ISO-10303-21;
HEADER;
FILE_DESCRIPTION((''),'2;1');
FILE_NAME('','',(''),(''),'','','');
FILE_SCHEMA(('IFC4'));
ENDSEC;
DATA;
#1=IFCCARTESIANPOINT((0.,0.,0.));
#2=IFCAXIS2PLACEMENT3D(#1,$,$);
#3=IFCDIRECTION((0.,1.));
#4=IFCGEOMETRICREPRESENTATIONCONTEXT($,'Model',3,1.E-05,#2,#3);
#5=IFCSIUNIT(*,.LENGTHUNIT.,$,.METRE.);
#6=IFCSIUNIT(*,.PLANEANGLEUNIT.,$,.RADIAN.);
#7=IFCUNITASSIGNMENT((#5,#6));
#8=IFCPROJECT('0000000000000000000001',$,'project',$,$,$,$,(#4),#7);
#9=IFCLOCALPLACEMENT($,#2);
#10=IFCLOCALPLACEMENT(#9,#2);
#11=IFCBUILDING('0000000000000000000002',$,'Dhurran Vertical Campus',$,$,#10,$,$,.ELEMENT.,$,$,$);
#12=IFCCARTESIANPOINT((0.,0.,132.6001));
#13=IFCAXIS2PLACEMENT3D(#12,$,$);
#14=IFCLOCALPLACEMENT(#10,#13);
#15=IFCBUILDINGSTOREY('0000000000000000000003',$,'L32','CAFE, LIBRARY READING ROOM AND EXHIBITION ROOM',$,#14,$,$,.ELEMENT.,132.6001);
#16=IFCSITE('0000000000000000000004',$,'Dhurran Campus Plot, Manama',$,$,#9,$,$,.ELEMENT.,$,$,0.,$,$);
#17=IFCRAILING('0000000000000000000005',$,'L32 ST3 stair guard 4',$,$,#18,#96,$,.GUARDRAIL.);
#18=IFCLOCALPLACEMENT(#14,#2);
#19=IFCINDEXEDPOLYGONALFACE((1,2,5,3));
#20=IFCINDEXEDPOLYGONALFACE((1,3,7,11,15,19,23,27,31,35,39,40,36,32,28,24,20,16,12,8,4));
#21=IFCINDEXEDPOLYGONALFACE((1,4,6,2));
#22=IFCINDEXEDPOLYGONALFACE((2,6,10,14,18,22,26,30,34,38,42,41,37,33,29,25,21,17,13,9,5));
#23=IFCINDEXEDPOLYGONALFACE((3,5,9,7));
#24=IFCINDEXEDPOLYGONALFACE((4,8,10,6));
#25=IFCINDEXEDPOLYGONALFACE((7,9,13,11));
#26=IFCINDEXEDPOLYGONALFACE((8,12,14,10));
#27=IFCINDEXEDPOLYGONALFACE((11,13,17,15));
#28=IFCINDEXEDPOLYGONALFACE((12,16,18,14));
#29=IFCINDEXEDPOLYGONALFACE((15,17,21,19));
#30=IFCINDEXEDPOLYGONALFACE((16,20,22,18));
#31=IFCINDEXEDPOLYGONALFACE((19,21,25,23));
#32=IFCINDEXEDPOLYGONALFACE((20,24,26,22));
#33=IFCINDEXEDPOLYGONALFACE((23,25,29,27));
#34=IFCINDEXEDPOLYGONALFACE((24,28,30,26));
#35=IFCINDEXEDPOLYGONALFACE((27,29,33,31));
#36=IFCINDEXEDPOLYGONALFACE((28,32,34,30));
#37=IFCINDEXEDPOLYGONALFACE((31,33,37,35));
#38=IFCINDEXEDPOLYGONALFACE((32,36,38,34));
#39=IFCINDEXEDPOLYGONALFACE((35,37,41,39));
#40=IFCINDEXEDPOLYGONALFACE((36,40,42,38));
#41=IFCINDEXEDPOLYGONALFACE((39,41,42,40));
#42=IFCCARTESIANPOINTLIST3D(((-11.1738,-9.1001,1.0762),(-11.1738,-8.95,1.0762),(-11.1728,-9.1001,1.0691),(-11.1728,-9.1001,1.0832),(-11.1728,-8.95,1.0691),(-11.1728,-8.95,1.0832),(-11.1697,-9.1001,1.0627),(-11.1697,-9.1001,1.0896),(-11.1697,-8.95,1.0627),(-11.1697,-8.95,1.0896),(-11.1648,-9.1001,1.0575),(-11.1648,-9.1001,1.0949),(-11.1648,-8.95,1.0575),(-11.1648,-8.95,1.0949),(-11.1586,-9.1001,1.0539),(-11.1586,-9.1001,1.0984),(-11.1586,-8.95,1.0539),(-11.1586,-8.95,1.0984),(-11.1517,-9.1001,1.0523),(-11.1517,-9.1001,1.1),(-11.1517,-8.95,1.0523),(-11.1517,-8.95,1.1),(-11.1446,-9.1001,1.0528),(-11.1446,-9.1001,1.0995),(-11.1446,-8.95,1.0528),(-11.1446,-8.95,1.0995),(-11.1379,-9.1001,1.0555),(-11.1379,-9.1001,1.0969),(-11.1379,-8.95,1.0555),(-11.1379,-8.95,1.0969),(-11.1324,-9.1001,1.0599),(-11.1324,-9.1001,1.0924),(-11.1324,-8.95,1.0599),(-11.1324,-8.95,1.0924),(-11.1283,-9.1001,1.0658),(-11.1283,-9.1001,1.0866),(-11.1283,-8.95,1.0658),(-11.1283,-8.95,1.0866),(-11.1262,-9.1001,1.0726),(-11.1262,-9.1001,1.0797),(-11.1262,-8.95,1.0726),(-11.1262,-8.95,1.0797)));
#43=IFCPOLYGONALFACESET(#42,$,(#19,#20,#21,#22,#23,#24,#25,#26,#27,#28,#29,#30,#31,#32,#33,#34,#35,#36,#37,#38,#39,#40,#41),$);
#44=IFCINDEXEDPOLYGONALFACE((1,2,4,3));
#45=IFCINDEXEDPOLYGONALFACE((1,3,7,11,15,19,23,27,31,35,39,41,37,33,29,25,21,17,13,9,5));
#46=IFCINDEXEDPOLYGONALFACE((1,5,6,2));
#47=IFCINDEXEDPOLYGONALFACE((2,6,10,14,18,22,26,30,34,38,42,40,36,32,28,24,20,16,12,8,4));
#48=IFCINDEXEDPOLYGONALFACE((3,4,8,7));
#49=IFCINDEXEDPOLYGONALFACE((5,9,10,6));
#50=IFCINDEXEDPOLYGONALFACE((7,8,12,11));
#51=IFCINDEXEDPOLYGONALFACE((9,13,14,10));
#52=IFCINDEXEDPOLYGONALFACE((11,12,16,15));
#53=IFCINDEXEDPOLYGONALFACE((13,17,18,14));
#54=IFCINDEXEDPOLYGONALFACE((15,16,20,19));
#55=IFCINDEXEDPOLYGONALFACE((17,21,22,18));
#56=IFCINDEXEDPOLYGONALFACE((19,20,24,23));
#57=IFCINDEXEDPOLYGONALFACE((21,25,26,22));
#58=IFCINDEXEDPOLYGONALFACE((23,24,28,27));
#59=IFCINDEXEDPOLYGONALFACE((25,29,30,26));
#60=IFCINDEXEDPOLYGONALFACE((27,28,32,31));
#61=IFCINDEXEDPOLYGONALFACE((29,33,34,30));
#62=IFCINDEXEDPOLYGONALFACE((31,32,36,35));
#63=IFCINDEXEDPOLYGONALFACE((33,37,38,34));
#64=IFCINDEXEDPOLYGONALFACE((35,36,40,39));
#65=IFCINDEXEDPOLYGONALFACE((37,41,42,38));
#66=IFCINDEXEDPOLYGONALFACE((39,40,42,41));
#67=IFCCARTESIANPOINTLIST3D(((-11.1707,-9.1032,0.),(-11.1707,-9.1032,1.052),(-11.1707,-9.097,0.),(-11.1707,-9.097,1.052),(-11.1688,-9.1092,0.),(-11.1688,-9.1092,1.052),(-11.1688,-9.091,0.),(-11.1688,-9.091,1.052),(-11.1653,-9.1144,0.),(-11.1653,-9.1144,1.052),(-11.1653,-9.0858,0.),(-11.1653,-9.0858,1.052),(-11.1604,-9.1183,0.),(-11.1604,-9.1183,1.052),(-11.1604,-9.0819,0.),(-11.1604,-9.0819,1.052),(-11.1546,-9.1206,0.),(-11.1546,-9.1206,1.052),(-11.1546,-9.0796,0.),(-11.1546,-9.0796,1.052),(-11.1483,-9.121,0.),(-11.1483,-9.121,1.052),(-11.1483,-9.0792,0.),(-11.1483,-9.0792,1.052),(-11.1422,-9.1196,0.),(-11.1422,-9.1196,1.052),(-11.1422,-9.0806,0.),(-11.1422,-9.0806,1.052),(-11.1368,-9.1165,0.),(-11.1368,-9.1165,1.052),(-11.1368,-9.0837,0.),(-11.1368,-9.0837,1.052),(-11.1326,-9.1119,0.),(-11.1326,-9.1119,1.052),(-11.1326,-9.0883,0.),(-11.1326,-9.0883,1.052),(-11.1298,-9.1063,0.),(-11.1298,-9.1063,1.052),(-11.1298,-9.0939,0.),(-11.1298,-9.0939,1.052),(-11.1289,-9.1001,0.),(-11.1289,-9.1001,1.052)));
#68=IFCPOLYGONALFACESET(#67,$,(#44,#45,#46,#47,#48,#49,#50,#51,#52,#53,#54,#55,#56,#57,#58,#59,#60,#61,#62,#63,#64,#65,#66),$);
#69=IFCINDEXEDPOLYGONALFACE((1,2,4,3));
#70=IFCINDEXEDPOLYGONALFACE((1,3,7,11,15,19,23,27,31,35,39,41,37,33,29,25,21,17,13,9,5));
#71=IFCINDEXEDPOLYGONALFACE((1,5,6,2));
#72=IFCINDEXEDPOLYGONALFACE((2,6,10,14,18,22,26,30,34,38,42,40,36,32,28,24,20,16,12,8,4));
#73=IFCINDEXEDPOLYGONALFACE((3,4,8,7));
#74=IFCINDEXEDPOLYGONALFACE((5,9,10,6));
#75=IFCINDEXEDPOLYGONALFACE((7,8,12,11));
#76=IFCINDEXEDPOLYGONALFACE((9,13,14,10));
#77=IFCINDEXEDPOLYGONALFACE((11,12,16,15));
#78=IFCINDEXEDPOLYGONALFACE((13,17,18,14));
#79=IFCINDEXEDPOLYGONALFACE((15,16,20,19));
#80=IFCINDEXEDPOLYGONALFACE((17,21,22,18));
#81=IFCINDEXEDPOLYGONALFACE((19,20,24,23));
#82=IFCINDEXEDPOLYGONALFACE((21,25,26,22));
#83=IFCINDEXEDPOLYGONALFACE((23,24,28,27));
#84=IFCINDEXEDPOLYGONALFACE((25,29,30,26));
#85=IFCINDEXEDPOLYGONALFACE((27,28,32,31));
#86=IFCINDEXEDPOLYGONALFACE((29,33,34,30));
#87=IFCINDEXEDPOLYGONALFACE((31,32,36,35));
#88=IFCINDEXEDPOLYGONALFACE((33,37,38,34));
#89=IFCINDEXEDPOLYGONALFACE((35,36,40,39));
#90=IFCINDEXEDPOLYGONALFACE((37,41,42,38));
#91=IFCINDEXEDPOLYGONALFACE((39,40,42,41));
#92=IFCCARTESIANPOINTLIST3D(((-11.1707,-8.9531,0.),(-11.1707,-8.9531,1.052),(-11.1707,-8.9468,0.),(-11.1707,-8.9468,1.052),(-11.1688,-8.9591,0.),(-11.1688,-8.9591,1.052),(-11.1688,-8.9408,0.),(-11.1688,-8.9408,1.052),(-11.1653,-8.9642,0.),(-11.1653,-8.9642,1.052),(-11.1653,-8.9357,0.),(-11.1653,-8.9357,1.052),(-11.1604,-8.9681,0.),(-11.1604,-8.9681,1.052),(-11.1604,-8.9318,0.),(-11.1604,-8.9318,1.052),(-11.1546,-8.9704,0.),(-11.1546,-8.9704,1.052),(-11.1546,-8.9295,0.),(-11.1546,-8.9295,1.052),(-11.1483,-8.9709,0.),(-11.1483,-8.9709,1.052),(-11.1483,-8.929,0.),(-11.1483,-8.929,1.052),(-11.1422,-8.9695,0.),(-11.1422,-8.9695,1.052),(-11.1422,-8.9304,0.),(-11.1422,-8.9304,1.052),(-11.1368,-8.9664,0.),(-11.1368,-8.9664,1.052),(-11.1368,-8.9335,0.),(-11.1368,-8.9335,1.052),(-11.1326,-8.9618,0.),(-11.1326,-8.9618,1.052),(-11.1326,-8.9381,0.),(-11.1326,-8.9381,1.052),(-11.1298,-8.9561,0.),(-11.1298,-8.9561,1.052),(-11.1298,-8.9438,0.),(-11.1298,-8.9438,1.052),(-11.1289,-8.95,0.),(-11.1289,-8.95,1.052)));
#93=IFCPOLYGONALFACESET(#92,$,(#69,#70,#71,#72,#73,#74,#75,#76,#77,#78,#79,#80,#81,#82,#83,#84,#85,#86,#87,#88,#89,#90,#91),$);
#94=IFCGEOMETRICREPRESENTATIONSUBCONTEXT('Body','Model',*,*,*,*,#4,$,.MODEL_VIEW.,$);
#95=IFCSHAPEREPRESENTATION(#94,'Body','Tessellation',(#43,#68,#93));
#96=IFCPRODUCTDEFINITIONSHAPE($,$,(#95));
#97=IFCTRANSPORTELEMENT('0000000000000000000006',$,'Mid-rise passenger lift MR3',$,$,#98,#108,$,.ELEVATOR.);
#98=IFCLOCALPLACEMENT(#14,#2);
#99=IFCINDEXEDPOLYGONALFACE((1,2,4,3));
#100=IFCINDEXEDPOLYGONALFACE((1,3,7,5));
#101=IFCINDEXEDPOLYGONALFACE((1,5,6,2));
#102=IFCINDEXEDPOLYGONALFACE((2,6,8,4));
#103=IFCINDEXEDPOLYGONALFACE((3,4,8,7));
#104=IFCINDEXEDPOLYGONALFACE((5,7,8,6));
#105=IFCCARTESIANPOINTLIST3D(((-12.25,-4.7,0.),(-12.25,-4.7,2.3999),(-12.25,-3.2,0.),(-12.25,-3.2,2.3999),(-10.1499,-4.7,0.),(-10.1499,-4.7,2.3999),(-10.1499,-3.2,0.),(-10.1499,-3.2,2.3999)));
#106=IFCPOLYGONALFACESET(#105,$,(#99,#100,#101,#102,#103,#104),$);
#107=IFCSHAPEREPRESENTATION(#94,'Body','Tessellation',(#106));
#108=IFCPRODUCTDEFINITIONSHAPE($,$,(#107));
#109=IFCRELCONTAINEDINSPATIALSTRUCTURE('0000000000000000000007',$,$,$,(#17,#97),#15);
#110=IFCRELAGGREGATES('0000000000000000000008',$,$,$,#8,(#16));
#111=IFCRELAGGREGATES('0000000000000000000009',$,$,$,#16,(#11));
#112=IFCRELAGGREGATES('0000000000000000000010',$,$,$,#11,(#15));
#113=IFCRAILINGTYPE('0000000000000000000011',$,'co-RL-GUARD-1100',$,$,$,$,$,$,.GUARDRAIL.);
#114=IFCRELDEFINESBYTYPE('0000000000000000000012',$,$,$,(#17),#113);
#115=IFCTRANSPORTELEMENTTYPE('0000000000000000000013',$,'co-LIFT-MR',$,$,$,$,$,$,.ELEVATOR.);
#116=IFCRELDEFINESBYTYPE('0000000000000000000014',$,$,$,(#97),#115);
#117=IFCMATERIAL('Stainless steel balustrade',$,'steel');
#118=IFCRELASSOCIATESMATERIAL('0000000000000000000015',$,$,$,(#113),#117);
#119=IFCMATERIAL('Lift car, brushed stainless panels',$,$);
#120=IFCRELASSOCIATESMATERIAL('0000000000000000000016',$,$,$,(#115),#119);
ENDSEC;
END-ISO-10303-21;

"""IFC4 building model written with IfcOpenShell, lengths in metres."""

from ifc_helpers import new_model, si_unit, direction, frame, origin, origin_2d, place, context, subcontext, project, spatial, rectangle, circle, extrude, material, type_object, element, save


model = new_model("IFC4")

# Units and contexts
model_context = context("Model", 3, precision=1e-05, world=origin(), true_north=direction((0.0, 1.0)))
body_context = subcontext(model_context, "Body", "Model", "MODEL_VIEW")
ifc_project = project(units=[si_unit("LENGTHUNIT", "METRE"), si_unit("PLANEANGLEUNIT", "RADIAN")], contexts=[model_context])

# Site, building, storey
site_placement = place(None, origin())
site = spatial("IfcSite", under=ifc_project, at=site_placement, Name="Dhurran Campus Plot, Manama", CompositionType="ELEMENT", RefElevation=0.0)
building_placement = place(site_placement, origin())
building = spatial("IfcBuilding", under=site, at=building_placement, Name="Dhurran Vertical Campus", CompositionType="ELEMENT")
storey_placement = place(building_placement, frame((0.0, 0.0, 132.6001)))
storey = spatial("IfcBuildingStorey", under=building, at=storey_placement, Name="L32", Description="CAFE, LIBRARY READING ROOM AND EXHIBITION ROOM", CompositionType="ELEMENT", Elevation=132.6001)

# Railing
ifc_material_1 = material(Name="Stainless steel balustrade", Category="steel")
railing_type = type_object("IfcRailingType", Name="co-RL-GUARD-1100", PredefinedType="GUARDRAIL", material=ifc_material_1)
railing_1_placement = place(storey_placement, frame((-11.1499, -9.1001, 0.0)))
element("IfcRailing", 1, at=railing_1_placement, inside=storey, type_object=railing_type, Name="L32 ST3 stair guard 4", PredefinedType="GUARDRAIL", context=body_context, shape_type="SweptSolid", body=[
    extrude(circle(Radius=0.0239, at=origin_2d()), frame((0.0, 0.0, 1.0762), z_axis=(0.0, 1.0, 0.0), x_axis=(-1.0, 0.0, 0.0)), (0.0, 0.0, 1.0), 0.1501),
    extrude(circle(Radius=0.021, at=origin_2d()), origin(), (0.0, 0.0, 1.0), 1.052),
    extrude(circle(Radius=0.021, at=origin_2d()), frame((0.0, 0.1501, 0.0)), (0.0, 0.0, 1.0), 1.052),
])

# Transport element
ifc_material_2 = material(Name="Lift car, brushed stainless panels")
transport_element_type = type_object("IfcTransportElementType", Name="co-LIFT-MR", PredefinedType="ELEVATOR", material=ifc_material_2)
transport_element_placement = place(storey_placement, frame((-11.2, -3.95, 0.0), z_axis=(0.0, 0.0, 1.0), x_axis=(1.0, 0.0, 0.0)))
element("IfcTransportElement", 2, at=transport_element_placement, inside=storey, type_object=transport_element_type, Name="Mid-rise passenger lift MR3", PredefinedType="ELEVATOR", context=body_context, shape_type="SweptSolid", body=[
    extrude(rectangle(XDim=2.1001, YDim=1.5, at=origin_2d()), origin(), (0.0, 0.0, 1.0), 2.3999),
])

save(model, "model.ifc")
